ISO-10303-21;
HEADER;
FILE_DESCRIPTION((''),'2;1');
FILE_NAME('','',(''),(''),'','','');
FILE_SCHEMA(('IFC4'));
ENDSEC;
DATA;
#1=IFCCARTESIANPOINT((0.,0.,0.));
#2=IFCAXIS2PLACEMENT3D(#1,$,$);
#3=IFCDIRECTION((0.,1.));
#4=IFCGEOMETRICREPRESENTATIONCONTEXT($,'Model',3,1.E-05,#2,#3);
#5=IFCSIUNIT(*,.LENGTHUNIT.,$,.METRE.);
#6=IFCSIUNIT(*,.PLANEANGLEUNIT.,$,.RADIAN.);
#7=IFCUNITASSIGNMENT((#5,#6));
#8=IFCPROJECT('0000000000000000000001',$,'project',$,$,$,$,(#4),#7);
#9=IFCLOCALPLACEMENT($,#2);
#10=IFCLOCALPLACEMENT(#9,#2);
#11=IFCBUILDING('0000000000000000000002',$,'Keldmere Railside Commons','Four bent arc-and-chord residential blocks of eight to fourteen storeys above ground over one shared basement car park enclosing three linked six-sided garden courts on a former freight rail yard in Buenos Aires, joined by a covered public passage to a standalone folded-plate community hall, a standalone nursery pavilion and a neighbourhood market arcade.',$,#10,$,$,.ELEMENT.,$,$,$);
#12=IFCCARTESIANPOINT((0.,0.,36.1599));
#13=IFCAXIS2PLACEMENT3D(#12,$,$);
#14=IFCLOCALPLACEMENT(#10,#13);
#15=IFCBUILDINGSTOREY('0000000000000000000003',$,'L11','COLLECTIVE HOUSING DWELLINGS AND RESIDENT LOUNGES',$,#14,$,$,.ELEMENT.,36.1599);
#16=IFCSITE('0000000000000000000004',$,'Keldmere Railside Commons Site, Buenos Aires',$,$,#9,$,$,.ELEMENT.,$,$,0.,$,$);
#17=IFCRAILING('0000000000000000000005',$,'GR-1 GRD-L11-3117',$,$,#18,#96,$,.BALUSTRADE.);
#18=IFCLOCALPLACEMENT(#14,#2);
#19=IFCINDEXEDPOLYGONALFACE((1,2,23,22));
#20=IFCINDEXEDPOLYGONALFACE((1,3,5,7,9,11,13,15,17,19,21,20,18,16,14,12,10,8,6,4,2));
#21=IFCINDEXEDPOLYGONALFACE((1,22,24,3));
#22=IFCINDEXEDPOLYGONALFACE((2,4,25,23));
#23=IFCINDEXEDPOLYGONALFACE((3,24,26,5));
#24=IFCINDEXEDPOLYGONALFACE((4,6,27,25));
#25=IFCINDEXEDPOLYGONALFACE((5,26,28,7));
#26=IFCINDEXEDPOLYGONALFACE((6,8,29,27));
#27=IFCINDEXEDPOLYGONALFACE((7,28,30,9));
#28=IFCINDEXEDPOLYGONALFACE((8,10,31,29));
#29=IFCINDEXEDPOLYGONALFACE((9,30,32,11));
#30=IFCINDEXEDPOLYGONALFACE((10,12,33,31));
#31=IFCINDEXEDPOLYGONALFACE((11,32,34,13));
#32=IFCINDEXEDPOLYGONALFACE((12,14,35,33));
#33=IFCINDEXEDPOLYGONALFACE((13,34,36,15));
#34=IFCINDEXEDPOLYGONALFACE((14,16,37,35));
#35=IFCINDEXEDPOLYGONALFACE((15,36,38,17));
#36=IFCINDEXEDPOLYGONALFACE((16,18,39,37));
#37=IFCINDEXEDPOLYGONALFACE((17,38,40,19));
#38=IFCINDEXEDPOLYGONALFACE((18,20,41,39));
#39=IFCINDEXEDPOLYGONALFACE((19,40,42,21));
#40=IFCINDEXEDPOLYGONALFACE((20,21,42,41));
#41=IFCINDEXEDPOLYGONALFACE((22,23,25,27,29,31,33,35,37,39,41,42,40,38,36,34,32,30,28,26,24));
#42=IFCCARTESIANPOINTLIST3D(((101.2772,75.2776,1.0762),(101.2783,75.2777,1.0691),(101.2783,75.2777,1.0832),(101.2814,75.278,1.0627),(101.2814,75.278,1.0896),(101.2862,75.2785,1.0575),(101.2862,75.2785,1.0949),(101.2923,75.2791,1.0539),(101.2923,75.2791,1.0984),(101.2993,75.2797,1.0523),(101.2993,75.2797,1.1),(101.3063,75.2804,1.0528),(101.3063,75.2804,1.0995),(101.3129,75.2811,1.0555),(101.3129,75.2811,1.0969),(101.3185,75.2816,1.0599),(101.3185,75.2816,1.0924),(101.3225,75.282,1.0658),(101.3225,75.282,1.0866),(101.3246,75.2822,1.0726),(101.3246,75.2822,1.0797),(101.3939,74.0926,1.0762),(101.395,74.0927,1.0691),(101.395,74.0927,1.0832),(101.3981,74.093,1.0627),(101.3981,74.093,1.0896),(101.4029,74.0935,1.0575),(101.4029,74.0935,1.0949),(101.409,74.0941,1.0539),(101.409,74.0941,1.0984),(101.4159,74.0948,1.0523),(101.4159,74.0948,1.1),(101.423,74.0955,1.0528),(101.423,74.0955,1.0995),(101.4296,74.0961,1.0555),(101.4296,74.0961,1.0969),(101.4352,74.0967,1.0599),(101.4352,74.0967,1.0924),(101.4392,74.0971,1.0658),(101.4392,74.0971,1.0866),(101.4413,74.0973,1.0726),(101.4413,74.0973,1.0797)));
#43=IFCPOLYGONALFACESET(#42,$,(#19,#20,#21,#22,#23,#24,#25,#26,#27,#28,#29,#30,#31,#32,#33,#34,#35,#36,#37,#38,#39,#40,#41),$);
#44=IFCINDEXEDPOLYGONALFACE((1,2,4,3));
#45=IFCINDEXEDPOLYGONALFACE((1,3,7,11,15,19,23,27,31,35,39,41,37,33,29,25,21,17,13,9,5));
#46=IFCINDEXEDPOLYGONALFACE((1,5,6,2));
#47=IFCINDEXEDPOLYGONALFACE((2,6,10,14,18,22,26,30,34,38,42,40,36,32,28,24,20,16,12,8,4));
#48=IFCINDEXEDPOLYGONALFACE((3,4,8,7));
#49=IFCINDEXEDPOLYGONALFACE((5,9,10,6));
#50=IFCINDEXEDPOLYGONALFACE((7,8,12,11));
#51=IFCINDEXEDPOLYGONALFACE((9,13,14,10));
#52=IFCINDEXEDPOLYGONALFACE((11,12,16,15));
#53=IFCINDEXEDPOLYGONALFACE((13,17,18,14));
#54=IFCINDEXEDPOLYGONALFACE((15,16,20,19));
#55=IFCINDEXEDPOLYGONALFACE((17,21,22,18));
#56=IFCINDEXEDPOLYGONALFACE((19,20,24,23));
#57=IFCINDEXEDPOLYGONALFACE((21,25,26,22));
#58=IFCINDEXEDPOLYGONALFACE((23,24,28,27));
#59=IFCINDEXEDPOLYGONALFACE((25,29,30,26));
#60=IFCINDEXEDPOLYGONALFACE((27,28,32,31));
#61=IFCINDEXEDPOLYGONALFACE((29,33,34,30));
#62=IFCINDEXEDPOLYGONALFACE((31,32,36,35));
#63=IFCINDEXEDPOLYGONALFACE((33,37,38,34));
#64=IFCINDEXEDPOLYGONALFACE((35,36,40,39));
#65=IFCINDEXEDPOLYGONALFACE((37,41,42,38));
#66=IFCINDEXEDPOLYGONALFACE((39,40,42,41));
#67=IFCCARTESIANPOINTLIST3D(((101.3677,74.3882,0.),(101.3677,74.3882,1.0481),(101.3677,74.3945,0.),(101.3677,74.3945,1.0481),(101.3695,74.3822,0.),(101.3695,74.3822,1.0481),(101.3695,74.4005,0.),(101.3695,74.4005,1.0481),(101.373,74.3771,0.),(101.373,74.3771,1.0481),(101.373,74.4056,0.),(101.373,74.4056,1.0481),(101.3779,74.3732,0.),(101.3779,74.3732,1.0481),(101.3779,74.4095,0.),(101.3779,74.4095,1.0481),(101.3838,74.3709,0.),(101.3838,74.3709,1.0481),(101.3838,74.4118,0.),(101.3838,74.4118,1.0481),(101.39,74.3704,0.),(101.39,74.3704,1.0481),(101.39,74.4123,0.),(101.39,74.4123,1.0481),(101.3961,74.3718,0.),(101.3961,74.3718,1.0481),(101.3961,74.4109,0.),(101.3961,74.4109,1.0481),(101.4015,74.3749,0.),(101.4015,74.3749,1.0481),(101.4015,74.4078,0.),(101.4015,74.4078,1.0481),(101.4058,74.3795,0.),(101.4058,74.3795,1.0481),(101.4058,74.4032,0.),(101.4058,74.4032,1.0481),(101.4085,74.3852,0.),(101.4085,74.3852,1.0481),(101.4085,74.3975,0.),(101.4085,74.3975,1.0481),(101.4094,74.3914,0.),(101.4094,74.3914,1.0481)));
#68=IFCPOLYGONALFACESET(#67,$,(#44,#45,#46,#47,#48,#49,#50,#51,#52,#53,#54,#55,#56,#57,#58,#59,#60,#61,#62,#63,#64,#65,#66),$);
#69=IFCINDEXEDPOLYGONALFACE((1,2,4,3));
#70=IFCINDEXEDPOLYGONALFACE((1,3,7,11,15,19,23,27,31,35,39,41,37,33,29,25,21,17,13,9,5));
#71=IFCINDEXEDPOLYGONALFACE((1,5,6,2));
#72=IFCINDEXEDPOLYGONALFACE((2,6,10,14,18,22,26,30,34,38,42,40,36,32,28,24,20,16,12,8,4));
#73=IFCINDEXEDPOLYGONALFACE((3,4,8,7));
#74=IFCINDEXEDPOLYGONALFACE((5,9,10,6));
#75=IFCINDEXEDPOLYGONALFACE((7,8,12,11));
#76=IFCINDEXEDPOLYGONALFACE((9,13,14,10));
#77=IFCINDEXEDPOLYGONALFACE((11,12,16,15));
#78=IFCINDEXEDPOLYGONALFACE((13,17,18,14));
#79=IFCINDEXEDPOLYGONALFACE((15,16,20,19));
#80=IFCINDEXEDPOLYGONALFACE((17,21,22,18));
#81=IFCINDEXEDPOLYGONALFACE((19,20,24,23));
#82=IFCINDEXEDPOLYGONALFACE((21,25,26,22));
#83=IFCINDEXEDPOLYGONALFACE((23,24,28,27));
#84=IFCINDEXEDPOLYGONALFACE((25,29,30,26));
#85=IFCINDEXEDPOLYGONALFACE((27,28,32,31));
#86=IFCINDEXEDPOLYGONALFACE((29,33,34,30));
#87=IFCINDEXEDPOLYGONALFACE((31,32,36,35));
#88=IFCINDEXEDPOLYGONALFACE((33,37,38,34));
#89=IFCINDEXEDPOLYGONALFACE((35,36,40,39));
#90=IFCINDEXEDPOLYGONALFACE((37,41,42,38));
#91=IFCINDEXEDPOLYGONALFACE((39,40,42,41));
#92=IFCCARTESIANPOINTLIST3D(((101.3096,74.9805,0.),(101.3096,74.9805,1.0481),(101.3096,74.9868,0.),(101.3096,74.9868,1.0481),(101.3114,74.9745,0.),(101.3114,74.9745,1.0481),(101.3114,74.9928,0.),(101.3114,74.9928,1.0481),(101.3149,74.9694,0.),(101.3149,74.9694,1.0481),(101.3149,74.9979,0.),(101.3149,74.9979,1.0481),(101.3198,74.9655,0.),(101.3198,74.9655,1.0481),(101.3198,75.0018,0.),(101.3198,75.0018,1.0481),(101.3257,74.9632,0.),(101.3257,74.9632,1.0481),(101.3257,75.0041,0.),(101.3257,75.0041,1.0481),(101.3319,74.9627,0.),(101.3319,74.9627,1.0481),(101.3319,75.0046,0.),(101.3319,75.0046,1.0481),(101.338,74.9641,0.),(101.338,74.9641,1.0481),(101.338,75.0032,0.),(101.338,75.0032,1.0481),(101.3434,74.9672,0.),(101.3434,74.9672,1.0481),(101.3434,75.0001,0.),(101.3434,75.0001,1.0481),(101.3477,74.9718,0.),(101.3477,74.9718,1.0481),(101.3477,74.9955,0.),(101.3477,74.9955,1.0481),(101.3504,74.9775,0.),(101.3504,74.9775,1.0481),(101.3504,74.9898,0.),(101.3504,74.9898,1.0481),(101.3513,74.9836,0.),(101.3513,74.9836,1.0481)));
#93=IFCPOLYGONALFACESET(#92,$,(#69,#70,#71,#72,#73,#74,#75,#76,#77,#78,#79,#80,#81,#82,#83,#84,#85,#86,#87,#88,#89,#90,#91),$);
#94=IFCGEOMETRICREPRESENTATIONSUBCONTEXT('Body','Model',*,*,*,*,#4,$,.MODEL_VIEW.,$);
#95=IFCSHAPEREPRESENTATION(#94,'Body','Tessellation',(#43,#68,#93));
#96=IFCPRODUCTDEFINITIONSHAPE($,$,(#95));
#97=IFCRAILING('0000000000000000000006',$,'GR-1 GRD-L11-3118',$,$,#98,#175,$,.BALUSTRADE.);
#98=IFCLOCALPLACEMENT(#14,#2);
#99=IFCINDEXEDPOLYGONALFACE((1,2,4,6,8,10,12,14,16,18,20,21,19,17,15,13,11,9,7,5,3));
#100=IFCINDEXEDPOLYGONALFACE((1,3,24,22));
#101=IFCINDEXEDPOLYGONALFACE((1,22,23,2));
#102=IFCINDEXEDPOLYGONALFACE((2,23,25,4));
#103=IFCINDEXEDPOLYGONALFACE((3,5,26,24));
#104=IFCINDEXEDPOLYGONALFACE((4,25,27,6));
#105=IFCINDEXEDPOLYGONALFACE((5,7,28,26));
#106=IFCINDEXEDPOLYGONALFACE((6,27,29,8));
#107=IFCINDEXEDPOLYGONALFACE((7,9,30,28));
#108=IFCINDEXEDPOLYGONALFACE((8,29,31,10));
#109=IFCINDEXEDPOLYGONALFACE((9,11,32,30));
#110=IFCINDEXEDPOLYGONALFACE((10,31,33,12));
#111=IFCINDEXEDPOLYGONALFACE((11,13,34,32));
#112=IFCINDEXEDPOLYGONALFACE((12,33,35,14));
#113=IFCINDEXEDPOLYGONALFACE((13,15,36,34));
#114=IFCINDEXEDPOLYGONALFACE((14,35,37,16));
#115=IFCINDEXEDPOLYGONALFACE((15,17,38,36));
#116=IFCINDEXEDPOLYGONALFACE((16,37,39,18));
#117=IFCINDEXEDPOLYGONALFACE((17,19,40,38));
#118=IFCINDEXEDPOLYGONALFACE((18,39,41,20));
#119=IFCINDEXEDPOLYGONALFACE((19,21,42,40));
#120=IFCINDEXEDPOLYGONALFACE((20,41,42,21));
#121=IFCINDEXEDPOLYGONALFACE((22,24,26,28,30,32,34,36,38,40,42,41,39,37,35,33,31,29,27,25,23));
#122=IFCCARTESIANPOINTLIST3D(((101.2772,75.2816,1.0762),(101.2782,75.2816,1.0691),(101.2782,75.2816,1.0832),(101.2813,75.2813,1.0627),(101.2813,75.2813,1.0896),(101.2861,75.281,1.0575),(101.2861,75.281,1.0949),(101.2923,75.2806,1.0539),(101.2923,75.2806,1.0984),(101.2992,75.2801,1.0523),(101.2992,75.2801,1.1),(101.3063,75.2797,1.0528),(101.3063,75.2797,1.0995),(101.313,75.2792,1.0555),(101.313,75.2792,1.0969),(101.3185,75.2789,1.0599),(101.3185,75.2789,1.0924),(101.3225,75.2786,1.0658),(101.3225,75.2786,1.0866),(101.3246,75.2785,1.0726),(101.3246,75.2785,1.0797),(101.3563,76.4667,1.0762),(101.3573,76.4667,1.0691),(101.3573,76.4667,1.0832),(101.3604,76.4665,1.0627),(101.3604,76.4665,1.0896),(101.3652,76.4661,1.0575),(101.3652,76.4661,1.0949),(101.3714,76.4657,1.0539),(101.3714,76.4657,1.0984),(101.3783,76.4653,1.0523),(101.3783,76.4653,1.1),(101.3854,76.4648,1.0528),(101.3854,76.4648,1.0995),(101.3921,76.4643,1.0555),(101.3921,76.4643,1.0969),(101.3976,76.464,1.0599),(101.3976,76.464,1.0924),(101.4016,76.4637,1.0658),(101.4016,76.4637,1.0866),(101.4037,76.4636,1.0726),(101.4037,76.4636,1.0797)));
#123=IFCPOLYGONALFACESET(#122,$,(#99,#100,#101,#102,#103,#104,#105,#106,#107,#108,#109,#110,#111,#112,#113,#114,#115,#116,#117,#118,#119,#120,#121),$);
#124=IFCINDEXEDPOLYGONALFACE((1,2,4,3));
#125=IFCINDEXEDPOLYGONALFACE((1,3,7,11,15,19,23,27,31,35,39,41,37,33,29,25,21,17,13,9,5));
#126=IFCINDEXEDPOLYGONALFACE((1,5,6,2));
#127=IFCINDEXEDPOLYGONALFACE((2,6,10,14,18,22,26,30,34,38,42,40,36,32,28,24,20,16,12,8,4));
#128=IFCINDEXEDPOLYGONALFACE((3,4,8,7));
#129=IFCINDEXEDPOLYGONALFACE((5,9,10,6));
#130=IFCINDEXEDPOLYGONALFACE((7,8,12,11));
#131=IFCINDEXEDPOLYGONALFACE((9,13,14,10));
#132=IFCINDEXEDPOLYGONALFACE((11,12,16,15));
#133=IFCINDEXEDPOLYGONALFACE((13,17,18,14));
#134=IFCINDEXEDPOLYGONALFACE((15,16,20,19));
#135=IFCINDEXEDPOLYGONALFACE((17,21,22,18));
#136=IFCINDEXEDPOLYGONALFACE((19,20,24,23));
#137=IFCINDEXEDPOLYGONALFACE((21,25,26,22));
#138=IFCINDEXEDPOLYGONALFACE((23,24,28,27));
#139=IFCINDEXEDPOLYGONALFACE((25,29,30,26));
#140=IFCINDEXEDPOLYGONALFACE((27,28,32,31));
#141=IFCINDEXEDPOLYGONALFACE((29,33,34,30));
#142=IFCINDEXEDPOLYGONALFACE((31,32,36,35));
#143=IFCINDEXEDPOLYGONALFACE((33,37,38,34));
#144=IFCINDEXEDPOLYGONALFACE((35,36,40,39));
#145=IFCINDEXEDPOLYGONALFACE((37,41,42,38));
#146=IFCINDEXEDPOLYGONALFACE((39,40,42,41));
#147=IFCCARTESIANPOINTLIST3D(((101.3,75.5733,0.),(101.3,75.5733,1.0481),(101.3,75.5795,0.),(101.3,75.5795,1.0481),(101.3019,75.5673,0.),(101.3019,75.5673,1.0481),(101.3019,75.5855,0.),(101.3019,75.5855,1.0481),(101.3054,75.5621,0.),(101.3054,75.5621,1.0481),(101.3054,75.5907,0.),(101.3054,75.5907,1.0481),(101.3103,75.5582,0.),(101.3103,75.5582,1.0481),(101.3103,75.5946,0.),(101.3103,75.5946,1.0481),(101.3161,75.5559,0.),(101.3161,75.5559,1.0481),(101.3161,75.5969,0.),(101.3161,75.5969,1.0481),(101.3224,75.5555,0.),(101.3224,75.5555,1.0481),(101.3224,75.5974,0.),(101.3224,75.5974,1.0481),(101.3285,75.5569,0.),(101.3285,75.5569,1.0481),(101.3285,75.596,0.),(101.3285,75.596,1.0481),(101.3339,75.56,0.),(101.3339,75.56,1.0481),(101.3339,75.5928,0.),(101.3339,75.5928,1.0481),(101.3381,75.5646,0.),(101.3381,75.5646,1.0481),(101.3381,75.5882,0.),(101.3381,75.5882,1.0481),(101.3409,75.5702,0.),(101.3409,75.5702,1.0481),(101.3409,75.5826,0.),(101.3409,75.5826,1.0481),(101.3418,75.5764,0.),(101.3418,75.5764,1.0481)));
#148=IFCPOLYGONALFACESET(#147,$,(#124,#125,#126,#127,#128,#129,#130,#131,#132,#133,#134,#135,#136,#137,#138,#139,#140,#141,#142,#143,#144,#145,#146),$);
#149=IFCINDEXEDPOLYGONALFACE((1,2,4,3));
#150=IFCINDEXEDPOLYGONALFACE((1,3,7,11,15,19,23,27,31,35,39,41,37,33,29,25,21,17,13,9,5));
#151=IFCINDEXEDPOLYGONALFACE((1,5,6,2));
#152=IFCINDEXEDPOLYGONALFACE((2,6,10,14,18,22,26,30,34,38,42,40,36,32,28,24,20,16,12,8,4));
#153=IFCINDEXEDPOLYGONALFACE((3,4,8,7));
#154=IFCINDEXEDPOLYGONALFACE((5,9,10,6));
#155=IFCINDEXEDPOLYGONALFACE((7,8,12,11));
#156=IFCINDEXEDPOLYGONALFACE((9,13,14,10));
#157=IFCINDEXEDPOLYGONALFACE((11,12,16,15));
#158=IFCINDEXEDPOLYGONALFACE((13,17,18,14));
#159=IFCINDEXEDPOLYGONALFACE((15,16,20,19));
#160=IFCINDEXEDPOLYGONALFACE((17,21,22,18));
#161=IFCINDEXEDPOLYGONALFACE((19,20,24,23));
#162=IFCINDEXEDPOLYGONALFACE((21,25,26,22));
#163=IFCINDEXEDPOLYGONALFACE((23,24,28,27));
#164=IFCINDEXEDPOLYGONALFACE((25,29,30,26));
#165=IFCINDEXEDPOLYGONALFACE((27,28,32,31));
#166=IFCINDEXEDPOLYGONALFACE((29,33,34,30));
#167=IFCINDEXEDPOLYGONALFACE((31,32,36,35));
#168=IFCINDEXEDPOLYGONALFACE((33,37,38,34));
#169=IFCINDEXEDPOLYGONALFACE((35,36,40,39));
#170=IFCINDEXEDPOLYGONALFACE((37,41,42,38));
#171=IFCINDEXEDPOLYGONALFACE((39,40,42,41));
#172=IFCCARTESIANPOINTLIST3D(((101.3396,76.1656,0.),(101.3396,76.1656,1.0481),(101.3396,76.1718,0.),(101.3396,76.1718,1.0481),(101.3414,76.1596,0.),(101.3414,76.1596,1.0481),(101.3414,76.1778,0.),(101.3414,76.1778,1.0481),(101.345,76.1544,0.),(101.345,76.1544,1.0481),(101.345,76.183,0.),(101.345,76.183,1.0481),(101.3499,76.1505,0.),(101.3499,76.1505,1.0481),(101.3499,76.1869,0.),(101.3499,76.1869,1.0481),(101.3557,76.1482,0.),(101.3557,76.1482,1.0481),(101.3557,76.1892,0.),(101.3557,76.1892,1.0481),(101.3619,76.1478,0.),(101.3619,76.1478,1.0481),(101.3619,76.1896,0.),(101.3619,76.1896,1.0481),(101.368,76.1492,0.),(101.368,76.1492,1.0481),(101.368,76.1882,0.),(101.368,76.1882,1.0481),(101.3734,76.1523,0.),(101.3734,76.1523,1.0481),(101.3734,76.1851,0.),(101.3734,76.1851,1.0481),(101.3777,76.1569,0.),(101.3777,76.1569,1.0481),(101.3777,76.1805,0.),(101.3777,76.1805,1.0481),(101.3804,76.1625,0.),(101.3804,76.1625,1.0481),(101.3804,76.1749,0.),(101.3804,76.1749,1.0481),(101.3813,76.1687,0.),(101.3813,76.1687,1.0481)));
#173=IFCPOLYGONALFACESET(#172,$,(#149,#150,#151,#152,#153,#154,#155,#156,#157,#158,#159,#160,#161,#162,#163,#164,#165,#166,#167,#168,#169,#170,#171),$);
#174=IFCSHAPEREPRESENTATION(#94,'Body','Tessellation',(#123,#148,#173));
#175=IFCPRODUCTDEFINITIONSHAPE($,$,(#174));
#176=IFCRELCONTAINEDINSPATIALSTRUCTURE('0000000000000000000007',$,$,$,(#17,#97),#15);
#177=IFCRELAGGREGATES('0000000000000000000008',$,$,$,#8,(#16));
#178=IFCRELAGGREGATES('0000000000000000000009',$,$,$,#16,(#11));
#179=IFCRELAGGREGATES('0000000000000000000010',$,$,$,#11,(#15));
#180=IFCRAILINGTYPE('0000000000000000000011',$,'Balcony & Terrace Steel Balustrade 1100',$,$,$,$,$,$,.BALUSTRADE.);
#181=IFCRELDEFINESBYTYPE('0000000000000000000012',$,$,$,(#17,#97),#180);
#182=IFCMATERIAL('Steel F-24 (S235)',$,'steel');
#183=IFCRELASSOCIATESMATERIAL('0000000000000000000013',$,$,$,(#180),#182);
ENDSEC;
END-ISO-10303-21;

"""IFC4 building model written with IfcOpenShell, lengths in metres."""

from ifc_helpers import new_model, si_unit, direction, frame, origin, origin_2d, place, context, subcontext, project, spatial, circle, extrude, material, type_object, element, save


model = new_model("IFC4")

# Units and contexts
model_context = context("Model", 3, precision=1e-05, world=origin(), true_north=direction((0.0, 1.0)))
body_context = subcontext(model_context, "Body", "Model", "MODEL_VIEW")
ifc_project = project(units=[si_unit("LENGTHUNIT", "METRE"), si_unit("PLANEANGLEUNIT", "RADIAN")], contexts=[model_context])

# Site, building, storey
site_placement = place(None, origin())
site = spatial("IfcSite", under=ifc_project, at=site_placement, Name="Keldmere Railside Commons Site, Buenos Aires", CompositionType="ELEMENT", RefElevation=0.0)
building_placement = place(site_placement, origin())
building = spatial("IfcBuilding", under=site, at=building_placement, Name="Keldmere Railside Commons", Description="Four bent arc-and-chord residential blocks of eight to fourteen storeys above ground over one shared basement car park enclosing three linked six-sided garden courts on a former freight rail yard in Buenos Aires, joined by a covered public passage to a standalone folded-plate community hall, a standalone nursery pavilion and a neighbourhood market arcade.", CompositionType="ELEMENT")
storey_placement = place(building_placement, frame((0.0, 0.0, 36.1599)))
storey = spatial("IfcBuildingStorey", under=building, at=storey_placement, Name="L11", Description="COLLECTIVE HOUSING DWELLINGS AND RESIDENT LOUNGES", CompositionType="ELEMENT", Elevation=36.1599)

# Railings
ifc_material_1 = material(Name="Steel F-24 (S235)", Category="steel")
railing_type = type_object("IfcRailingType", Name="Balcony & Terrace Steel Balustrade 1100", PredefinedType="BALUSTRADE", material=ifc_material_1)
railing_1_placement = place(storey_placement, frame((101.4177, 74.095, 0.0)))
element("IfcRailing", 1, at=railing_1_placement, inside=storey, type_object=railing_type, Name="GR-1 GRD-L11-3117", PredefinedType="BALUSTRADE", context=body_context, shape_type="SweptSolid", body=[
    extrude(circle(Radius=0.0239, at=origin_2d()), frame((0.0, 0.0, 1.0762), z_axis=(-0.098001, 0.995186, 0.0), x_axis=(-0.995186, -0.098001, 0.0)), (0.0, 0.0, 1.0), 1.1907),
    extrude(circle(Radius=0.021, at=origin_2d()), frame((-0.0293, 0.2964, 0.0)), (0.0, 0.0, 1.0), 1.0481),
    extrude(circle(Radius=0.021, at=origin_2d()), frame((-0.0874, 0.8887, 0.0)), (0.0, 0.0, 1.0), 1.0481),
])
railing_2_placement = place(storey_placement, frame((101.301, 75.28, 0.0)))
element("IfcRailing", 2, at=railing_2_placement, inside=storey, type_object=railing_type, Name="GR-1 GRD-L11-3118", PredefinedType="BALUSTRADE", context=body_context, shape_type="SweptSolid", body=[
    extrude(circle(Radius=0.0239, at=origin_2d()), frame((0.0, 0.0, 1.0762), z_axis=(0.066601, 0.99778, 0.0), x_axis=(-0.99778, 0.066601, 0.0)), (0.0, 0.0, 1.0), 1.1877),
    extrude(circle(Radius=0.021, at=origin_2d()), frame((0.0198, 0.2964, 0.0)), (0.0, 0.0, 1.0), 1.0481),
    extrude(circle(Radius=0.021, at=origin_2d()), frame((0.0593, 0.8887, 0.0)), (0.0, 0.0, 1.0), 1.0481),
])

save(model, "model.ifc")
